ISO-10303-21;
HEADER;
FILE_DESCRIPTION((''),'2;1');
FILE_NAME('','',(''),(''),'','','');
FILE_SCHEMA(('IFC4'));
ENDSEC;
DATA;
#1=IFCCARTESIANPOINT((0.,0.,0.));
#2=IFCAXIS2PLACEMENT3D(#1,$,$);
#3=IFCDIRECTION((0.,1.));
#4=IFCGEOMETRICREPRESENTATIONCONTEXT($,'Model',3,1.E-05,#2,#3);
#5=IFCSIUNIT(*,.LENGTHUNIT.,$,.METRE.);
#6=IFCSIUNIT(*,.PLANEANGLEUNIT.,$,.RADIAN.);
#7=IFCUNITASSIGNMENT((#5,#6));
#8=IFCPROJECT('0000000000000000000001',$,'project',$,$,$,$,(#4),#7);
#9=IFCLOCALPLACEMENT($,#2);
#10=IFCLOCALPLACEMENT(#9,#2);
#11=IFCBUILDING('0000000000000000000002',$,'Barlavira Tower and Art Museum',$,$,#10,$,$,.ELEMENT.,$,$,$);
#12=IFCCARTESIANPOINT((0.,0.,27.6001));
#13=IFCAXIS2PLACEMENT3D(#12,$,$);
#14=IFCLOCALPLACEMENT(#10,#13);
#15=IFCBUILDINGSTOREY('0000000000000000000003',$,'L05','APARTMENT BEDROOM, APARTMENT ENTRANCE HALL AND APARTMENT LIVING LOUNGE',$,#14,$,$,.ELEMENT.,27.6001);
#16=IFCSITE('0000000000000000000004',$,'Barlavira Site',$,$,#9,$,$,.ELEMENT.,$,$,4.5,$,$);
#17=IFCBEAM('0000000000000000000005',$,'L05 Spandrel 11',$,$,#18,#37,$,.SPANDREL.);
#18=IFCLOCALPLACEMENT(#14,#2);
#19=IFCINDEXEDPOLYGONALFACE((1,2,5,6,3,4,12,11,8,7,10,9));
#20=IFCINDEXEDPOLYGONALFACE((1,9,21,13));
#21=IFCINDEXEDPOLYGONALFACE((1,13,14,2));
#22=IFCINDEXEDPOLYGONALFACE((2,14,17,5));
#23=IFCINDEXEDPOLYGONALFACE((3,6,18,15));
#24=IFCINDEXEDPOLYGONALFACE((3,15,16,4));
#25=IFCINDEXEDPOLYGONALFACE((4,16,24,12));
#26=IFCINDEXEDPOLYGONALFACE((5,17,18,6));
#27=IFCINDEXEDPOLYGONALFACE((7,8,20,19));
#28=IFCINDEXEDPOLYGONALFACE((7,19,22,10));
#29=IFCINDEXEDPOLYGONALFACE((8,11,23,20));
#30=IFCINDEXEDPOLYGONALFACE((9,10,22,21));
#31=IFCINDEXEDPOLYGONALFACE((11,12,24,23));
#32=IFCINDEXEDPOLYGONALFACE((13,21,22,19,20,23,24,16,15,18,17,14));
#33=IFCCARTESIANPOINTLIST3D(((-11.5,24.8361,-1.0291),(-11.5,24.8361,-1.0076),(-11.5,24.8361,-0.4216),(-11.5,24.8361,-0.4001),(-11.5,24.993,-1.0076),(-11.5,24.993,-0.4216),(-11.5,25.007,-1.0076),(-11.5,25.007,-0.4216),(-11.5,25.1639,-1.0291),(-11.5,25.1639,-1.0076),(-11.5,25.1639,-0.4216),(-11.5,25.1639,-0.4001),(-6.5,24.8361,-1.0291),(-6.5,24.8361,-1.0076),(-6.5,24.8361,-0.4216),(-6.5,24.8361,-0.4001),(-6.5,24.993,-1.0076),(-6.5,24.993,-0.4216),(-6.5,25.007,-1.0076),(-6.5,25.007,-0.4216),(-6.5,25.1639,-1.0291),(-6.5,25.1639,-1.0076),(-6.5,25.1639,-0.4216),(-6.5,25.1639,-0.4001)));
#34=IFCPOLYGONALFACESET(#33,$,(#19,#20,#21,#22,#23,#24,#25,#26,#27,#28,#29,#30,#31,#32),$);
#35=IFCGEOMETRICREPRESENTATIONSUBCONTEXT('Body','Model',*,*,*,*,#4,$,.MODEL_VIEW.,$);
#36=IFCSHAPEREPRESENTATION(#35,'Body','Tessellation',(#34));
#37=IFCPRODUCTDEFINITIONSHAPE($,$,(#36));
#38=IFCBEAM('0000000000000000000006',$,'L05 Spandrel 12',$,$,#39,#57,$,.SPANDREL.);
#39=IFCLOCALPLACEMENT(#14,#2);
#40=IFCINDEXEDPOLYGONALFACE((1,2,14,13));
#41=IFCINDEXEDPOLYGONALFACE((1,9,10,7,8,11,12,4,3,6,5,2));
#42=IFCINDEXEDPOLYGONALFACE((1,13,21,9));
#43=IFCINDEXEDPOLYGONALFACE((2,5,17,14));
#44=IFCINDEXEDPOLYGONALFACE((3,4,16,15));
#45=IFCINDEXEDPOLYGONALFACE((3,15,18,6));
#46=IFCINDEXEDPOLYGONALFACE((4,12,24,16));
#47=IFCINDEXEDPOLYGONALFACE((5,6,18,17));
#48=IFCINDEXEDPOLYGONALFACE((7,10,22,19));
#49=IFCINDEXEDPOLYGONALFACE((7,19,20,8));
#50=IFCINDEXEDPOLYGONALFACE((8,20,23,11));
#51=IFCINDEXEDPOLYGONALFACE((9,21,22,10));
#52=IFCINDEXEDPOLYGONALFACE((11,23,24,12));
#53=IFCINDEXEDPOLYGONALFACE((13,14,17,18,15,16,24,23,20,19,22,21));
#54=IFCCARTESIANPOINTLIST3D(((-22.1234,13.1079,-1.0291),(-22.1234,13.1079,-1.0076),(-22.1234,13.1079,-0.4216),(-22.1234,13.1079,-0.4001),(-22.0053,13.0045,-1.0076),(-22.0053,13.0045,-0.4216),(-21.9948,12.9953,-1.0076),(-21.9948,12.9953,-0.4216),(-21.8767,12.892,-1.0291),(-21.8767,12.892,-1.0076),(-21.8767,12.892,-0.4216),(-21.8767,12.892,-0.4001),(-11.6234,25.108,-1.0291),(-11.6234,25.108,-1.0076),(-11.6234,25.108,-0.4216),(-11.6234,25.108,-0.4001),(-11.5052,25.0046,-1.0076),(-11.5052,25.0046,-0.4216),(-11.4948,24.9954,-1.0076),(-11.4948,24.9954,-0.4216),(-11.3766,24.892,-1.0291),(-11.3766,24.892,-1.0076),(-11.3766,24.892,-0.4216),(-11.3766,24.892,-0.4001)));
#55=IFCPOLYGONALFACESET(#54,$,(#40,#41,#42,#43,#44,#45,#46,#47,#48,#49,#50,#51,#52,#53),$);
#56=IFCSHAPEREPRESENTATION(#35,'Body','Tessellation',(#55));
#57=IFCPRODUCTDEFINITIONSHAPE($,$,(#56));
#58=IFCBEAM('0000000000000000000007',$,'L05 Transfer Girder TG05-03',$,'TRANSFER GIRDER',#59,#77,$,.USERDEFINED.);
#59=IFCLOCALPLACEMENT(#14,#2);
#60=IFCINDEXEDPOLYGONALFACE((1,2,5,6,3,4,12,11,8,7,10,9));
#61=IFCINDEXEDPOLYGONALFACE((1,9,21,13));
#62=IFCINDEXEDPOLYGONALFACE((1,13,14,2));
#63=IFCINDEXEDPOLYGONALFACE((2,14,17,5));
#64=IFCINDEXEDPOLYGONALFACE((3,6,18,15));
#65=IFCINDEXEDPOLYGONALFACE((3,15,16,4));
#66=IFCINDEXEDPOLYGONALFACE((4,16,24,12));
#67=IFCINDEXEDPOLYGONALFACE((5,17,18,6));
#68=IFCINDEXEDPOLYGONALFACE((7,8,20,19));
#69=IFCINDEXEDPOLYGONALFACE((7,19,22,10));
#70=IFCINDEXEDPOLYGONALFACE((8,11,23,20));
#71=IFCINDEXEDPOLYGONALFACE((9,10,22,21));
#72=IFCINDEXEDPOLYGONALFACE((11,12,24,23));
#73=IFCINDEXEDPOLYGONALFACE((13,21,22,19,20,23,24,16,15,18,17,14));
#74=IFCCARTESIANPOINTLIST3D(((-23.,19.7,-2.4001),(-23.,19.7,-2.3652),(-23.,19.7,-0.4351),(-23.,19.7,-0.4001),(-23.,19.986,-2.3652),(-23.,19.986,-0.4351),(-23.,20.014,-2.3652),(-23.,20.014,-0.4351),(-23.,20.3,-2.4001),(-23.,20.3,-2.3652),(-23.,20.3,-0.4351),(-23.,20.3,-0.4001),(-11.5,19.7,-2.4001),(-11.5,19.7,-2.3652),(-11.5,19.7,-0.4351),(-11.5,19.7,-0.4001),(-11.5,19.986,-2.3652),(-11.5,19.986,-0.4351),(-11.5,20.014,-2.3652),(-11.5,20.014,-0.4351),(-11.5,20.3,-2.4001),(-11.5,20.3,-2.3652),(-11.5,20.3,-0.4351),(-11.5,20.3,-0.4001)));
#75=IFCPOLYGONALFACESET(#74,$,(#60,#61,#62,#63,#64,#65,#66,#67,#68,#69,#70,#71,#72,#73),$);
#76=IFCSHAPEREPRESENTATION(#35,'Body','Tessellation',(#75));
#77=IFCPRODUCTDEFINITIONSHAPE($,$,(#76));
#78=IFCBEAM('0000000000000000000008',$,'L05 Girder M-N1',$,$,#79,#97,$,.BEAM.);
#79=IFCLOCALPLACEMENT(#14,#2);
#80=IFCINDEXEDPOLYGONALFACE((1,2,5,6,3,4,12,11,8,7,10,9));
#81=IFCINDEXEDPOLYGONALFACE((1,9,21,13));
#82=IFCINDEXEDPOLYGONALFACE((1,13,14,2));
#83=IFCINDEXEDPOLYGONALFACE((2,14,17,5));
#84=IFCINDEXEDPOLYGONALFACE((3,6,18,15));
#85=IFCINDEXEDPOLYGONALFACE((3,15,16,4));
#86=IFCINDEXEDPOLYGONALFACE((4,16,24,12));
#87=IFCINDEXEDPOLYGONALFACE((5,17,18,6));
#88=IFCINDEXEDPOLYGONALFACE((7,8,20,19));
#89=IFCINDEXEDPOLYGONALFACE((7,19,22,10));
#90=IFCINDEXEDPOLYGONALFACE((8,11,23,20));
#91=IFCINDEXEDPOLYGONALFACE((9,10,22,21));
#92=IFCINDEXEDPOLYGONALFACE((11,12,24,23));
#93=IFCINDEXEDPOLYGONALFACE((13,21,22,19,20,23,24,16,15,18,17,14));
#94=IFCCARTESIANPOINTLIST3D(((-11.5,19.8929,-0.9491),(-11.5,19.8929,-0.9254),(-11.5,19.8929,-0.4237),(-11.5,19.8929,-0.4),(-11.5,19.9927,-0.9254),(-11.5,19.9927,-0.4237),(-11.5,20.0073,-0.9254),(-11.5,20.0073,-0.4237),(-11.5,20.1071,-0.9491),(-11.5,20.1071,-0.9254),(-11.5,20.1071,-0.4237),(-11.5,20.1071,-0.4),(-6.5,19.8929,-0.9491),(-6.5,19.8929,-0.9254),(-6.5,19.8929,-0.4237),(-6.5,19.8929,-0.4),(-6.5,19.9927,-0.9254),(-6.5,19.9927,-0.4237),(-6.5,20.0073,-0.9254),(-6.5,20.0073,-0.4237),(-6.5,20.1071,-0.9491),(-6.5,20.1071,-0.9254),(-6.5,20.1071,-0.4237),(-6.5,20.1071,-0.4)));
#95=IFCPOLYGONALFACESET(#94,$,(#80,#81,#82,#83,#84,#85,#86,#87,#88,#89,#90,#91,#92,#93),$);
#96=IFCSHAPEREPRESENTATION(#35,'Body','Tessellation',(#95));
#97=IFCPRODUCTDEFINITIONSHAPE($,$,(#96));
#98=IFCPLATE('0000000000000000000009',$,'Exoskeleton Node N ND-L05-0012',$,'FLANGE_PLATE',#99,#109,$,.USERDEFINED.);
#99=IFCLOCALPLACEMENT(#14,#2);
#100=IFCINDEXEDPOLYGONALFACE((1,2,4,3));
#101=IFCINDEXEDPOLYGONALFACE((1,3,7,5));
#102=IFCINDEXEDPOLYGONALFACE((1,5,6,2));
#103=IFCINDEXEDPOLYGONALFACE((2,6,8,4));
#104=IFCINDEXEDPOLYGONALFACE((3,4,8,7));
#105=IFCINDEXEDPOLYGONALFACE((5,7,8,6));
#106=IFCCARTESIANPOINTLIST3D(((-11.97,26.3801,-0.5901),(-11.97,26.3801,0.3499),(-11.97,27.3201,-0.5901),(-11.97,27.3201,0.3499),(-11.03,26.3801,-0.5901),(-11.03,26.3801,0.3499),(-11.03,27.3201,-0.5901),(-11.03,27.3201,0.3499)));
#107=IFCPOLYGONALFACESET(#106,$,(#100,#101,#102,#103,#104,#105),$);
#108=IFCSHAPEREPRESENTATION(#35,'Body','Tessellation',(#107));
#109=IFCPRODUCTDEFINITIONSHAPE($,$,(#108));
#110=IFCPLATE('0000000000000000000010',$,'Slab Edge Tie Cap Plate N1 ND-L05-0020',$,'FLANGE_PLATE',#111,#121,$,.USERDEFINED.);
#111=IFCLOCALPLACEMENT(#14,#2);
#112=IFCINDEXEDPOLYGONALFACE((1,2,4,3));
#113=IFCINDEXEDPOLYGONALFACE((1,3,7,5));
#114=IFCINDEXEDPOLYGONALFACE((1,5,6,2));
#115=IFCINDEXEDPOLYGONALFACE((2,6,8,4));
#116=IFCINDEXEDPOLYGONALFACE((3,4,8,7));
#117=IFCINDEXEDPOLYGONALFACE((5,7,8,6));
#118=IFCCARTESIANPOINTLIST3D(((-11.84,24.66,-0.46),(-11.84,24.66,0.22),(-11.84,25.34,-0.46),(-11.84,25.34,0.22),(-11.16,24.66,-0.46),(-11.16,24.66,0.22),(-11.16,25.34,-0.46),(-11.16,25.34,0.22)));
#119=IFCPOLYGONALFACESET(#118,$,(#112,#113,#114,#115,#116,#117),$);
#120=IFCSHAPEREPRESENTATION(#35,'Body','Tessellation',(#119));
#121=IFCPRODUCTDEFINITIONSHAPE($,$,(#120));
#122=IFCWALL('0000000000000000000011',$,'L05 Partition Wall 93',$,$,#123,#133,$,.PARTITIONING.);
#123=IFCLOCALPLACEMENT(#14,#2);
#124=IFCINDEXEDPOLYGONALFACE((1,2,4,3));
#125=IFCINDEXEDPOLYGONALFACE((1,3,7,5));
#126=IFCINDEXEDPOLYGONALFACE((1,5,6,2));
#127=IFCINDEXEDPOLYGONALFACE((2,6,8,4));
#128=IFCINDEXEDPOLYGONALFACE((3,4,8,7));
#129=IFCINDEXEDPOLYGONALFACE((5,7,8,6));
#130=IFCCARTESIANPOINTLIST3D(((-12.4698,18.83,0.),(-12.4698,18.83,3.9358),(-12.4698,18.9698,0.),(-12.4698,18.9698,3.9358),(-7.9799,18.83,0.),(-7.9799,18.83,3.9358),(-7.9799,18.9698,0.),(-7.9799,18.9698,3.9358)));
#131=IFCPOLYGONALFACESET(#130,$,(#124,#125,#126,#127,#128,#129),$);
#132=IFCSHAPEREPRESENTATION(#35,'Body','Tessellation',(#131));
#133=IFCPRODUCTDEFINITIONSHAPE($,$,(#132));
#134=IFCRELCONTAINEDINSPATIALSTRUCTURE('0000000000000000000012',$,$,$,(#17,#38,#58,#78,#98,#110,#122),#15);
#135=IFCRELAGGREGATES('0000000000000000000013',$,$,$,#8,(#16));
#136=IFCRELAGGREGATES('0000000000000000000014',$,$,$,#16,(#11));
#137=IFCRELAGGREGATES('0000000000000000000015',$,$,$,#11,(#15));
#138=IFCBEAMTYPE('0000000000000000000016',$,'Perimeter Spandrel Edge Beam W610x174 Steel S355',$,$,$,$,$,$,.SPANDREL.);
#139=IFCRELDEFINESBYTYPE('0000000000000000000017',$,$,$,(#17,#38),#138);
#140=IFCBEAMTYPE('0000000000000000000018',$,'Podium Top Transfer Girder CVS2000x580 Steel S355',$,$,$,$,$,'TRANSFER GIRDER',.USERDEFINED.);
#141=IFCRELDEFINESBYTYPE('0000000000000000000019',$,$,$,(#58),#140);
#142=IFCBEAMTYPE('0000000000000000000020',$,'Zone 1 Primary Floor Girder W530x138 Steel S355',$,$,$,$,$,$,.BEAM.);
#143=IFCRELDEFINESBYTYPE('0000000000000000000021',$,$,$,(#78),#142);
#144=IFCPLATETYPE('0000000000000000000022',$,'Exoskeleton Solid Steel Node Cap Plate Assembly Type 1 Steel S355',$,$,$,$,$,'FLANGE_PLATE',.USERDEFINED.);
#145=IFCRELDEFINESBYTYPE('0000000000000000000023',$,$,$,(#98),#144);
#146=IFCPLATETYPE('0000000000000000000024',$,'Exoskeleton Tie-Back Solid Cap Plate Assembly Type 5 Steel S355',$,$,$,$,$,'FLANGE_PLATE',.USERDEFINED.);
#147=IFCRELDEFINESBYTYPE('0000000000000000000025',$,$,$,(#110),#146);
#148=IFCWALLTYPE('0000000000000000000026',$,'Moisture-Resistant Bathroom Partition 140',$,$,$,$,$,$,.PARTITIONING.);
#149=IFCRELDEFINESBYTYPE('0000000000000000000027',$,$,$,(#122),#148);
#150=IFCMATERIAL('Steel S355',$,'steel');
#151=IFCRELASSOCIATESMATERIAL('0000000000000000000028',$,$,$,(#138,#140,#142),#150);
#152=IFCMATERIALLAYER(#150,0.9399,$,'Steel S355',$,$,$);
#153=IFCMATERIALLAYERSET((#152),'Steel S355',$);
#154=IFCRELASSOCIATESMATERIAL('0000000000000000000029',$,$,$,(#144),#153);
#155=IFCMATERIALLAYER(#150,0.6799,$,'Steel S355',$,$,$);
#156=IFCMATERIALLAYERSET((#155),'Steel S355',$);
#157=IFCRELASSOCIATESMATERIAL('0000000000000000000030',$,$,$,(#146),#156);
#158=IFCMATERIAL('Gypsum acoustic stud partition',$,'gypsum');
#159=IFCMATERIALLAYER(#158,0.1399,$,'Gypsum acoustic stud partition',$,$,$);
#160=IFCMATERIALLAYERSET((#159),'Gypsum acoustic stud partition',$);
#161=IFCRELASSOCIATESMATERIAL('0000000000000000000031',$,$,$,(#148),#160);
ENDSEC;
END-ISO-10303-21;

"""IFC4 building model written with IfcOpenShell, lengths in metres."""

from ifc_helpers import new_model, si_unit, direction, frame, frame_2d, origin, origin_2d, place, context, subcontext, project, spatial, rectangle, i_section, extrude, material, layer, layer_set, material_profile, profile_set, type_object, element, save


model = new_model("IFC4")

# Units and contexts
model_context = context("Model", 3, precision=1e-05, world=origin(), true_north=direction((0.0, 1.0)))
body_context = subcontext(model_context, "Body", "Model", "MODEL_VIEW")
ifc_project = project(units=[si_unit("LENGTHUNIT", "METRE"), si_unit("PLANEANGLEUNIT", "RADIAN")], contexts=[model_context])

# Site, building, storey
site_placement = place(None, origin())
site = spatial("IfcSite", under=ifc_project, at=site_placement, Name="Barlavira Site", CompositionType="ELEMENT", RefElevation=4.5)
building_placement = place(site_placement, origin())
building = spatial("IfcBuilding", under=site, at=building_placement, Name="Barlavira Tower and Art Museum", CompositionType="ELEMENT")
storey_placement = place(building_placement, frame((0.0, 0.0, 27.6001)))
storey = spatial("IfcBuildingStorey", under=building, at=storey_placement, Name="L05", Description="APARTMENT BEDROOM, APARTMENT ENTRANCE HALL AND APARTMENT LIVING LOUNGE", CompositionType="ELEMENT", Elevation=27.6001)

# Shared definitions
ifc_material_1 = material(Name="Steel S355", Category="steel")

# Beams
ifc_material_profile_1 = material_profile(ifc_material_1, i_section(OverallWidth=0.3279, OverallDepth=0.6289, WebThickness=0.0139, FlangeThickness=0.0215, at=origin_2d()), Name="W610x174.0")
ifc_profile_set_1 = profile_set([ifc_material_profile_1], Name="Steel S355")
beam_type_1 = type_object("IfcBeamType", Name="Perimeter Spandrel Edge Beam W610x174 Steel S355", PredefinedType="SPANDREL", material=ifc_profile_set_1)
beam_1_placement = place(storey_placement, frame((-11.5, 25.0, -0.7146), z_axis=(1.0, 0.0, 0.0), x_axis=(0.0, 1.0, 0.0)))
element("IfcBeam", 1, at=beam_1_placement, inside=storey, type_object=beam_type_1, Name="L05 Spandrel 11", PredefinedType="SPANDREL", context=body_context, shape_type="SweptSolid", body=[
    extrude(i_section(OverallWidth=0.3279, OverallDepth=0.6289, WebThickness=0.0139, FlangeThickness=0.0215, at=origin_2d()), origin(), (0.0, 0.0, 1.0), 5.0),
])
beam_2_placement = place(storey_placement, frame((-11.5, 25.0, -0.7146), z_axis=(-0.658505, -0.752577, 0.0), x_axis=(0.752577, -0.658505, 0.0)))
element("IfcBeam", 2, at=beam_2_placement, inside=storey, type_object=beam_type_1, Name="L05 Spandrel 12", PredefinedType="SPANDREL", context=body_context, shape_type="SweptSolid", body=[
    extrude(i_section(OverallWidth=0.3279, OverallDepth=0.6289, WebThickness=0.0139, FlangeThickness=0.0215, at=origin_2d()), origin(), (0.0, 0.0, 1.0), 15.9453),
])
ifc_material_profile_2 = material_profile(ifc_material_1, i_section(OverallWidth=0.6001, OverallDepth=2.0, WebThickness=0.0281, FlangeThickness=0.0349, at=origin_2d()), Name="CVS2000x580")
ifc_profile_set_2 = profile_set([ifc_material_profile_2], Name="Steel S355")
beam_type_2 = type_object("IfcBeamType", Name="Podium Top Transfer Girder CVS2000x580 Steel S355", ElementType="TRANSFER GIRDER", PredefinedType="USERDEFINED", material=ifc_profile_set_2)
beam_3_placement = place(storey_placement, frame((-23.0, 20.0, -1.4001), z_axis=(1.0, 0.0, 0.0), x_axis=(0.0, 1.0, 0.0)))
element("IfcBeam", 3, at=beam_3_placement, inside=storey, type_object=beam_type_2, Name="L05 Transfer Girder TG05-03", ObjectType="TRANSFER GIRDER", PredefinedType="USERDEFINED", context=body_context, shape_type="SweptSolid", body=[
    extrude(i_section(OverallWidth=0.6001, OverallDepth=2.0, WebThickness=0.0281, FlangeThickness=0.0349, at=origin_2d()), origin(), (0.0, 0.0, 1.0), 11.5),
])
ifc_material_profile_3 = material_profile(ifc_material_1, i_section(OverallWidth=0.2141, OverallDepth=0.5491, WebThickness=0.0146, FlangeThickness=0.0237, at=origin_2d()), Name="W530x138.0")
ifc_profile_set_3 = profile_set([ifc_material_profile_3], Name="Steel S355")
beam_type_3 = type_object("IfcBeamType", Name="Zone 1 Primary Floor Girder W530x138 Steel S355", PredefinedType="BEAM", material=ifc_profile_set_3)
beam_4_placement = place(storey_placement, frame((-11.5, 20.0, -0.6746), z_axis=(1.0, 0.0, 0.0), x_axis=(0.0, 1.0, 0.0)))
element("IfcBeam", 4, at=beam_4_placement, inside=storey, type_object=beam_type_3, Name="L05 Girder M-N1", PredefinedType="BEAM", context=body_context, shape_type="SweptSolid", body=[
    extrude(i_section(OverallWidth=0.2141, OverallDepth=0.5491, WebThickness=0.0146, FlangeThickness=0.0237, at=origin_2d()), origin(), (0.0, 0.0, 1.0), 5.0),
])

# Plates
ifc_layer_1 = layer(ifc_material_1, 0.9399, Name="Steel S355")
ifc_layer_set_1 = layer_set([ifc_layer_1], Name="Steel S355")
plate_type_1 = type_object("IfcPlateType", Name="Exoskeleton Solid Steel Node Cap Plate Assembly Type 1 Steel S355", ElementType="FLANGE_PLATE", PredefinedType="USERDEFINED", material=ifc_layer_set_1)
plate_1_placement = place(storey_placement, frame((-11.5, 26.8501, -0.5901), z_axis=(0.0, 0.0, 1.0), x_axis=(1.0, 0.0, 0.0)))
element("IfcPlate", 5, at=plate_1_placement, inside=storey, type_object=plate_type_1, Name="Exoskeleton Node N ND-L05-0012", ObjectType="FLANGE_PLATE", PredefinedType="USERDEFINED", context=body_context, shape_type="SweptSolid", body=[
    extrude(rectangle(XDim=0.9399, YDim=0.9399, at=origin_2d()), origin(), (0.0, 0.0, 1.0), 0.9399),
])
ifc_layer_2 = layer(ifc_material_1, 0.6799, Name="Steel S355")
ifc_layer_set_2 = layer_set([ifc_layer_2], Name="Steel S355")
plate_type_2 = type_object("IfcPlateType", Name="Exoskeleton Tie-Back Solid Cap Plate Assembly Type 5 Steel S355", ElementType="FLANGE_PLATE", PredefinedType="USERDEFINED", material=ifc_layer_set_2)
plate_2_placement = place(storey_placement, frame((-11.5, 25.0, -0.46), z_axis=(0.0, 0.0, 1.0), x_axis=(1.0, 0.0, 0.0)))
element("IfcPlate", 6, at=plate_2_placement, inside=storey, type_object=plate_type_2, Name="Slab Edge Tie Cap Plate N1 ND-L05-0020", ObjectType="FLANGE_PLATE", PredefinedType="USERDEFINED", context=body_context, shape_type="SweptSolid", body=[
    extrude(rectangle(XDim=0.6799, YDim=0.6799, at=origin_2d()), origin(), (0.0, 0.0, 1.0), 0.6799),
])

# Wall
ifc_material_2 = material(Name="Gypsum acoustic stud partition", Category="gypsum")
ifc_layer_3 = layer(ifc_material_2, 0.1399, Name="Gypsum acoustic stud partition")
ifc_layer_set_3 = layer_set([ifc_layer_3], Name="Gypsum acoustic stud partition")
wall_type_1 = type_object("IfcWallType", Name="Moisture-Resistant Bathroom Partition 140", PredefinedType="PARTITIONING", material=ifc_layer_set_3)
wall_1_placement = place(storey_placement, frame((-12.47, 18.8999, 0.0), z_axis=(0.0, 0.0, 1.0), x_axis=(1.0, 0.0, 0.0)))
element("IfcWall", 7, at=wall_1_placement, inside=storey, type_object=wall_type_1, Name="L05 Partition Wall 93", PredefinedType="PARTITIONING", context=body_context, shape_type="SweptSolid", body=[
    extrude(rectangle(XDim=4.49, YDim=0.1399, at=frame_2d((2.2451, 0.0))), origin(), (0.0, 0.0, 1.0), 3.9358),
])

save(model, "model.ifc")
